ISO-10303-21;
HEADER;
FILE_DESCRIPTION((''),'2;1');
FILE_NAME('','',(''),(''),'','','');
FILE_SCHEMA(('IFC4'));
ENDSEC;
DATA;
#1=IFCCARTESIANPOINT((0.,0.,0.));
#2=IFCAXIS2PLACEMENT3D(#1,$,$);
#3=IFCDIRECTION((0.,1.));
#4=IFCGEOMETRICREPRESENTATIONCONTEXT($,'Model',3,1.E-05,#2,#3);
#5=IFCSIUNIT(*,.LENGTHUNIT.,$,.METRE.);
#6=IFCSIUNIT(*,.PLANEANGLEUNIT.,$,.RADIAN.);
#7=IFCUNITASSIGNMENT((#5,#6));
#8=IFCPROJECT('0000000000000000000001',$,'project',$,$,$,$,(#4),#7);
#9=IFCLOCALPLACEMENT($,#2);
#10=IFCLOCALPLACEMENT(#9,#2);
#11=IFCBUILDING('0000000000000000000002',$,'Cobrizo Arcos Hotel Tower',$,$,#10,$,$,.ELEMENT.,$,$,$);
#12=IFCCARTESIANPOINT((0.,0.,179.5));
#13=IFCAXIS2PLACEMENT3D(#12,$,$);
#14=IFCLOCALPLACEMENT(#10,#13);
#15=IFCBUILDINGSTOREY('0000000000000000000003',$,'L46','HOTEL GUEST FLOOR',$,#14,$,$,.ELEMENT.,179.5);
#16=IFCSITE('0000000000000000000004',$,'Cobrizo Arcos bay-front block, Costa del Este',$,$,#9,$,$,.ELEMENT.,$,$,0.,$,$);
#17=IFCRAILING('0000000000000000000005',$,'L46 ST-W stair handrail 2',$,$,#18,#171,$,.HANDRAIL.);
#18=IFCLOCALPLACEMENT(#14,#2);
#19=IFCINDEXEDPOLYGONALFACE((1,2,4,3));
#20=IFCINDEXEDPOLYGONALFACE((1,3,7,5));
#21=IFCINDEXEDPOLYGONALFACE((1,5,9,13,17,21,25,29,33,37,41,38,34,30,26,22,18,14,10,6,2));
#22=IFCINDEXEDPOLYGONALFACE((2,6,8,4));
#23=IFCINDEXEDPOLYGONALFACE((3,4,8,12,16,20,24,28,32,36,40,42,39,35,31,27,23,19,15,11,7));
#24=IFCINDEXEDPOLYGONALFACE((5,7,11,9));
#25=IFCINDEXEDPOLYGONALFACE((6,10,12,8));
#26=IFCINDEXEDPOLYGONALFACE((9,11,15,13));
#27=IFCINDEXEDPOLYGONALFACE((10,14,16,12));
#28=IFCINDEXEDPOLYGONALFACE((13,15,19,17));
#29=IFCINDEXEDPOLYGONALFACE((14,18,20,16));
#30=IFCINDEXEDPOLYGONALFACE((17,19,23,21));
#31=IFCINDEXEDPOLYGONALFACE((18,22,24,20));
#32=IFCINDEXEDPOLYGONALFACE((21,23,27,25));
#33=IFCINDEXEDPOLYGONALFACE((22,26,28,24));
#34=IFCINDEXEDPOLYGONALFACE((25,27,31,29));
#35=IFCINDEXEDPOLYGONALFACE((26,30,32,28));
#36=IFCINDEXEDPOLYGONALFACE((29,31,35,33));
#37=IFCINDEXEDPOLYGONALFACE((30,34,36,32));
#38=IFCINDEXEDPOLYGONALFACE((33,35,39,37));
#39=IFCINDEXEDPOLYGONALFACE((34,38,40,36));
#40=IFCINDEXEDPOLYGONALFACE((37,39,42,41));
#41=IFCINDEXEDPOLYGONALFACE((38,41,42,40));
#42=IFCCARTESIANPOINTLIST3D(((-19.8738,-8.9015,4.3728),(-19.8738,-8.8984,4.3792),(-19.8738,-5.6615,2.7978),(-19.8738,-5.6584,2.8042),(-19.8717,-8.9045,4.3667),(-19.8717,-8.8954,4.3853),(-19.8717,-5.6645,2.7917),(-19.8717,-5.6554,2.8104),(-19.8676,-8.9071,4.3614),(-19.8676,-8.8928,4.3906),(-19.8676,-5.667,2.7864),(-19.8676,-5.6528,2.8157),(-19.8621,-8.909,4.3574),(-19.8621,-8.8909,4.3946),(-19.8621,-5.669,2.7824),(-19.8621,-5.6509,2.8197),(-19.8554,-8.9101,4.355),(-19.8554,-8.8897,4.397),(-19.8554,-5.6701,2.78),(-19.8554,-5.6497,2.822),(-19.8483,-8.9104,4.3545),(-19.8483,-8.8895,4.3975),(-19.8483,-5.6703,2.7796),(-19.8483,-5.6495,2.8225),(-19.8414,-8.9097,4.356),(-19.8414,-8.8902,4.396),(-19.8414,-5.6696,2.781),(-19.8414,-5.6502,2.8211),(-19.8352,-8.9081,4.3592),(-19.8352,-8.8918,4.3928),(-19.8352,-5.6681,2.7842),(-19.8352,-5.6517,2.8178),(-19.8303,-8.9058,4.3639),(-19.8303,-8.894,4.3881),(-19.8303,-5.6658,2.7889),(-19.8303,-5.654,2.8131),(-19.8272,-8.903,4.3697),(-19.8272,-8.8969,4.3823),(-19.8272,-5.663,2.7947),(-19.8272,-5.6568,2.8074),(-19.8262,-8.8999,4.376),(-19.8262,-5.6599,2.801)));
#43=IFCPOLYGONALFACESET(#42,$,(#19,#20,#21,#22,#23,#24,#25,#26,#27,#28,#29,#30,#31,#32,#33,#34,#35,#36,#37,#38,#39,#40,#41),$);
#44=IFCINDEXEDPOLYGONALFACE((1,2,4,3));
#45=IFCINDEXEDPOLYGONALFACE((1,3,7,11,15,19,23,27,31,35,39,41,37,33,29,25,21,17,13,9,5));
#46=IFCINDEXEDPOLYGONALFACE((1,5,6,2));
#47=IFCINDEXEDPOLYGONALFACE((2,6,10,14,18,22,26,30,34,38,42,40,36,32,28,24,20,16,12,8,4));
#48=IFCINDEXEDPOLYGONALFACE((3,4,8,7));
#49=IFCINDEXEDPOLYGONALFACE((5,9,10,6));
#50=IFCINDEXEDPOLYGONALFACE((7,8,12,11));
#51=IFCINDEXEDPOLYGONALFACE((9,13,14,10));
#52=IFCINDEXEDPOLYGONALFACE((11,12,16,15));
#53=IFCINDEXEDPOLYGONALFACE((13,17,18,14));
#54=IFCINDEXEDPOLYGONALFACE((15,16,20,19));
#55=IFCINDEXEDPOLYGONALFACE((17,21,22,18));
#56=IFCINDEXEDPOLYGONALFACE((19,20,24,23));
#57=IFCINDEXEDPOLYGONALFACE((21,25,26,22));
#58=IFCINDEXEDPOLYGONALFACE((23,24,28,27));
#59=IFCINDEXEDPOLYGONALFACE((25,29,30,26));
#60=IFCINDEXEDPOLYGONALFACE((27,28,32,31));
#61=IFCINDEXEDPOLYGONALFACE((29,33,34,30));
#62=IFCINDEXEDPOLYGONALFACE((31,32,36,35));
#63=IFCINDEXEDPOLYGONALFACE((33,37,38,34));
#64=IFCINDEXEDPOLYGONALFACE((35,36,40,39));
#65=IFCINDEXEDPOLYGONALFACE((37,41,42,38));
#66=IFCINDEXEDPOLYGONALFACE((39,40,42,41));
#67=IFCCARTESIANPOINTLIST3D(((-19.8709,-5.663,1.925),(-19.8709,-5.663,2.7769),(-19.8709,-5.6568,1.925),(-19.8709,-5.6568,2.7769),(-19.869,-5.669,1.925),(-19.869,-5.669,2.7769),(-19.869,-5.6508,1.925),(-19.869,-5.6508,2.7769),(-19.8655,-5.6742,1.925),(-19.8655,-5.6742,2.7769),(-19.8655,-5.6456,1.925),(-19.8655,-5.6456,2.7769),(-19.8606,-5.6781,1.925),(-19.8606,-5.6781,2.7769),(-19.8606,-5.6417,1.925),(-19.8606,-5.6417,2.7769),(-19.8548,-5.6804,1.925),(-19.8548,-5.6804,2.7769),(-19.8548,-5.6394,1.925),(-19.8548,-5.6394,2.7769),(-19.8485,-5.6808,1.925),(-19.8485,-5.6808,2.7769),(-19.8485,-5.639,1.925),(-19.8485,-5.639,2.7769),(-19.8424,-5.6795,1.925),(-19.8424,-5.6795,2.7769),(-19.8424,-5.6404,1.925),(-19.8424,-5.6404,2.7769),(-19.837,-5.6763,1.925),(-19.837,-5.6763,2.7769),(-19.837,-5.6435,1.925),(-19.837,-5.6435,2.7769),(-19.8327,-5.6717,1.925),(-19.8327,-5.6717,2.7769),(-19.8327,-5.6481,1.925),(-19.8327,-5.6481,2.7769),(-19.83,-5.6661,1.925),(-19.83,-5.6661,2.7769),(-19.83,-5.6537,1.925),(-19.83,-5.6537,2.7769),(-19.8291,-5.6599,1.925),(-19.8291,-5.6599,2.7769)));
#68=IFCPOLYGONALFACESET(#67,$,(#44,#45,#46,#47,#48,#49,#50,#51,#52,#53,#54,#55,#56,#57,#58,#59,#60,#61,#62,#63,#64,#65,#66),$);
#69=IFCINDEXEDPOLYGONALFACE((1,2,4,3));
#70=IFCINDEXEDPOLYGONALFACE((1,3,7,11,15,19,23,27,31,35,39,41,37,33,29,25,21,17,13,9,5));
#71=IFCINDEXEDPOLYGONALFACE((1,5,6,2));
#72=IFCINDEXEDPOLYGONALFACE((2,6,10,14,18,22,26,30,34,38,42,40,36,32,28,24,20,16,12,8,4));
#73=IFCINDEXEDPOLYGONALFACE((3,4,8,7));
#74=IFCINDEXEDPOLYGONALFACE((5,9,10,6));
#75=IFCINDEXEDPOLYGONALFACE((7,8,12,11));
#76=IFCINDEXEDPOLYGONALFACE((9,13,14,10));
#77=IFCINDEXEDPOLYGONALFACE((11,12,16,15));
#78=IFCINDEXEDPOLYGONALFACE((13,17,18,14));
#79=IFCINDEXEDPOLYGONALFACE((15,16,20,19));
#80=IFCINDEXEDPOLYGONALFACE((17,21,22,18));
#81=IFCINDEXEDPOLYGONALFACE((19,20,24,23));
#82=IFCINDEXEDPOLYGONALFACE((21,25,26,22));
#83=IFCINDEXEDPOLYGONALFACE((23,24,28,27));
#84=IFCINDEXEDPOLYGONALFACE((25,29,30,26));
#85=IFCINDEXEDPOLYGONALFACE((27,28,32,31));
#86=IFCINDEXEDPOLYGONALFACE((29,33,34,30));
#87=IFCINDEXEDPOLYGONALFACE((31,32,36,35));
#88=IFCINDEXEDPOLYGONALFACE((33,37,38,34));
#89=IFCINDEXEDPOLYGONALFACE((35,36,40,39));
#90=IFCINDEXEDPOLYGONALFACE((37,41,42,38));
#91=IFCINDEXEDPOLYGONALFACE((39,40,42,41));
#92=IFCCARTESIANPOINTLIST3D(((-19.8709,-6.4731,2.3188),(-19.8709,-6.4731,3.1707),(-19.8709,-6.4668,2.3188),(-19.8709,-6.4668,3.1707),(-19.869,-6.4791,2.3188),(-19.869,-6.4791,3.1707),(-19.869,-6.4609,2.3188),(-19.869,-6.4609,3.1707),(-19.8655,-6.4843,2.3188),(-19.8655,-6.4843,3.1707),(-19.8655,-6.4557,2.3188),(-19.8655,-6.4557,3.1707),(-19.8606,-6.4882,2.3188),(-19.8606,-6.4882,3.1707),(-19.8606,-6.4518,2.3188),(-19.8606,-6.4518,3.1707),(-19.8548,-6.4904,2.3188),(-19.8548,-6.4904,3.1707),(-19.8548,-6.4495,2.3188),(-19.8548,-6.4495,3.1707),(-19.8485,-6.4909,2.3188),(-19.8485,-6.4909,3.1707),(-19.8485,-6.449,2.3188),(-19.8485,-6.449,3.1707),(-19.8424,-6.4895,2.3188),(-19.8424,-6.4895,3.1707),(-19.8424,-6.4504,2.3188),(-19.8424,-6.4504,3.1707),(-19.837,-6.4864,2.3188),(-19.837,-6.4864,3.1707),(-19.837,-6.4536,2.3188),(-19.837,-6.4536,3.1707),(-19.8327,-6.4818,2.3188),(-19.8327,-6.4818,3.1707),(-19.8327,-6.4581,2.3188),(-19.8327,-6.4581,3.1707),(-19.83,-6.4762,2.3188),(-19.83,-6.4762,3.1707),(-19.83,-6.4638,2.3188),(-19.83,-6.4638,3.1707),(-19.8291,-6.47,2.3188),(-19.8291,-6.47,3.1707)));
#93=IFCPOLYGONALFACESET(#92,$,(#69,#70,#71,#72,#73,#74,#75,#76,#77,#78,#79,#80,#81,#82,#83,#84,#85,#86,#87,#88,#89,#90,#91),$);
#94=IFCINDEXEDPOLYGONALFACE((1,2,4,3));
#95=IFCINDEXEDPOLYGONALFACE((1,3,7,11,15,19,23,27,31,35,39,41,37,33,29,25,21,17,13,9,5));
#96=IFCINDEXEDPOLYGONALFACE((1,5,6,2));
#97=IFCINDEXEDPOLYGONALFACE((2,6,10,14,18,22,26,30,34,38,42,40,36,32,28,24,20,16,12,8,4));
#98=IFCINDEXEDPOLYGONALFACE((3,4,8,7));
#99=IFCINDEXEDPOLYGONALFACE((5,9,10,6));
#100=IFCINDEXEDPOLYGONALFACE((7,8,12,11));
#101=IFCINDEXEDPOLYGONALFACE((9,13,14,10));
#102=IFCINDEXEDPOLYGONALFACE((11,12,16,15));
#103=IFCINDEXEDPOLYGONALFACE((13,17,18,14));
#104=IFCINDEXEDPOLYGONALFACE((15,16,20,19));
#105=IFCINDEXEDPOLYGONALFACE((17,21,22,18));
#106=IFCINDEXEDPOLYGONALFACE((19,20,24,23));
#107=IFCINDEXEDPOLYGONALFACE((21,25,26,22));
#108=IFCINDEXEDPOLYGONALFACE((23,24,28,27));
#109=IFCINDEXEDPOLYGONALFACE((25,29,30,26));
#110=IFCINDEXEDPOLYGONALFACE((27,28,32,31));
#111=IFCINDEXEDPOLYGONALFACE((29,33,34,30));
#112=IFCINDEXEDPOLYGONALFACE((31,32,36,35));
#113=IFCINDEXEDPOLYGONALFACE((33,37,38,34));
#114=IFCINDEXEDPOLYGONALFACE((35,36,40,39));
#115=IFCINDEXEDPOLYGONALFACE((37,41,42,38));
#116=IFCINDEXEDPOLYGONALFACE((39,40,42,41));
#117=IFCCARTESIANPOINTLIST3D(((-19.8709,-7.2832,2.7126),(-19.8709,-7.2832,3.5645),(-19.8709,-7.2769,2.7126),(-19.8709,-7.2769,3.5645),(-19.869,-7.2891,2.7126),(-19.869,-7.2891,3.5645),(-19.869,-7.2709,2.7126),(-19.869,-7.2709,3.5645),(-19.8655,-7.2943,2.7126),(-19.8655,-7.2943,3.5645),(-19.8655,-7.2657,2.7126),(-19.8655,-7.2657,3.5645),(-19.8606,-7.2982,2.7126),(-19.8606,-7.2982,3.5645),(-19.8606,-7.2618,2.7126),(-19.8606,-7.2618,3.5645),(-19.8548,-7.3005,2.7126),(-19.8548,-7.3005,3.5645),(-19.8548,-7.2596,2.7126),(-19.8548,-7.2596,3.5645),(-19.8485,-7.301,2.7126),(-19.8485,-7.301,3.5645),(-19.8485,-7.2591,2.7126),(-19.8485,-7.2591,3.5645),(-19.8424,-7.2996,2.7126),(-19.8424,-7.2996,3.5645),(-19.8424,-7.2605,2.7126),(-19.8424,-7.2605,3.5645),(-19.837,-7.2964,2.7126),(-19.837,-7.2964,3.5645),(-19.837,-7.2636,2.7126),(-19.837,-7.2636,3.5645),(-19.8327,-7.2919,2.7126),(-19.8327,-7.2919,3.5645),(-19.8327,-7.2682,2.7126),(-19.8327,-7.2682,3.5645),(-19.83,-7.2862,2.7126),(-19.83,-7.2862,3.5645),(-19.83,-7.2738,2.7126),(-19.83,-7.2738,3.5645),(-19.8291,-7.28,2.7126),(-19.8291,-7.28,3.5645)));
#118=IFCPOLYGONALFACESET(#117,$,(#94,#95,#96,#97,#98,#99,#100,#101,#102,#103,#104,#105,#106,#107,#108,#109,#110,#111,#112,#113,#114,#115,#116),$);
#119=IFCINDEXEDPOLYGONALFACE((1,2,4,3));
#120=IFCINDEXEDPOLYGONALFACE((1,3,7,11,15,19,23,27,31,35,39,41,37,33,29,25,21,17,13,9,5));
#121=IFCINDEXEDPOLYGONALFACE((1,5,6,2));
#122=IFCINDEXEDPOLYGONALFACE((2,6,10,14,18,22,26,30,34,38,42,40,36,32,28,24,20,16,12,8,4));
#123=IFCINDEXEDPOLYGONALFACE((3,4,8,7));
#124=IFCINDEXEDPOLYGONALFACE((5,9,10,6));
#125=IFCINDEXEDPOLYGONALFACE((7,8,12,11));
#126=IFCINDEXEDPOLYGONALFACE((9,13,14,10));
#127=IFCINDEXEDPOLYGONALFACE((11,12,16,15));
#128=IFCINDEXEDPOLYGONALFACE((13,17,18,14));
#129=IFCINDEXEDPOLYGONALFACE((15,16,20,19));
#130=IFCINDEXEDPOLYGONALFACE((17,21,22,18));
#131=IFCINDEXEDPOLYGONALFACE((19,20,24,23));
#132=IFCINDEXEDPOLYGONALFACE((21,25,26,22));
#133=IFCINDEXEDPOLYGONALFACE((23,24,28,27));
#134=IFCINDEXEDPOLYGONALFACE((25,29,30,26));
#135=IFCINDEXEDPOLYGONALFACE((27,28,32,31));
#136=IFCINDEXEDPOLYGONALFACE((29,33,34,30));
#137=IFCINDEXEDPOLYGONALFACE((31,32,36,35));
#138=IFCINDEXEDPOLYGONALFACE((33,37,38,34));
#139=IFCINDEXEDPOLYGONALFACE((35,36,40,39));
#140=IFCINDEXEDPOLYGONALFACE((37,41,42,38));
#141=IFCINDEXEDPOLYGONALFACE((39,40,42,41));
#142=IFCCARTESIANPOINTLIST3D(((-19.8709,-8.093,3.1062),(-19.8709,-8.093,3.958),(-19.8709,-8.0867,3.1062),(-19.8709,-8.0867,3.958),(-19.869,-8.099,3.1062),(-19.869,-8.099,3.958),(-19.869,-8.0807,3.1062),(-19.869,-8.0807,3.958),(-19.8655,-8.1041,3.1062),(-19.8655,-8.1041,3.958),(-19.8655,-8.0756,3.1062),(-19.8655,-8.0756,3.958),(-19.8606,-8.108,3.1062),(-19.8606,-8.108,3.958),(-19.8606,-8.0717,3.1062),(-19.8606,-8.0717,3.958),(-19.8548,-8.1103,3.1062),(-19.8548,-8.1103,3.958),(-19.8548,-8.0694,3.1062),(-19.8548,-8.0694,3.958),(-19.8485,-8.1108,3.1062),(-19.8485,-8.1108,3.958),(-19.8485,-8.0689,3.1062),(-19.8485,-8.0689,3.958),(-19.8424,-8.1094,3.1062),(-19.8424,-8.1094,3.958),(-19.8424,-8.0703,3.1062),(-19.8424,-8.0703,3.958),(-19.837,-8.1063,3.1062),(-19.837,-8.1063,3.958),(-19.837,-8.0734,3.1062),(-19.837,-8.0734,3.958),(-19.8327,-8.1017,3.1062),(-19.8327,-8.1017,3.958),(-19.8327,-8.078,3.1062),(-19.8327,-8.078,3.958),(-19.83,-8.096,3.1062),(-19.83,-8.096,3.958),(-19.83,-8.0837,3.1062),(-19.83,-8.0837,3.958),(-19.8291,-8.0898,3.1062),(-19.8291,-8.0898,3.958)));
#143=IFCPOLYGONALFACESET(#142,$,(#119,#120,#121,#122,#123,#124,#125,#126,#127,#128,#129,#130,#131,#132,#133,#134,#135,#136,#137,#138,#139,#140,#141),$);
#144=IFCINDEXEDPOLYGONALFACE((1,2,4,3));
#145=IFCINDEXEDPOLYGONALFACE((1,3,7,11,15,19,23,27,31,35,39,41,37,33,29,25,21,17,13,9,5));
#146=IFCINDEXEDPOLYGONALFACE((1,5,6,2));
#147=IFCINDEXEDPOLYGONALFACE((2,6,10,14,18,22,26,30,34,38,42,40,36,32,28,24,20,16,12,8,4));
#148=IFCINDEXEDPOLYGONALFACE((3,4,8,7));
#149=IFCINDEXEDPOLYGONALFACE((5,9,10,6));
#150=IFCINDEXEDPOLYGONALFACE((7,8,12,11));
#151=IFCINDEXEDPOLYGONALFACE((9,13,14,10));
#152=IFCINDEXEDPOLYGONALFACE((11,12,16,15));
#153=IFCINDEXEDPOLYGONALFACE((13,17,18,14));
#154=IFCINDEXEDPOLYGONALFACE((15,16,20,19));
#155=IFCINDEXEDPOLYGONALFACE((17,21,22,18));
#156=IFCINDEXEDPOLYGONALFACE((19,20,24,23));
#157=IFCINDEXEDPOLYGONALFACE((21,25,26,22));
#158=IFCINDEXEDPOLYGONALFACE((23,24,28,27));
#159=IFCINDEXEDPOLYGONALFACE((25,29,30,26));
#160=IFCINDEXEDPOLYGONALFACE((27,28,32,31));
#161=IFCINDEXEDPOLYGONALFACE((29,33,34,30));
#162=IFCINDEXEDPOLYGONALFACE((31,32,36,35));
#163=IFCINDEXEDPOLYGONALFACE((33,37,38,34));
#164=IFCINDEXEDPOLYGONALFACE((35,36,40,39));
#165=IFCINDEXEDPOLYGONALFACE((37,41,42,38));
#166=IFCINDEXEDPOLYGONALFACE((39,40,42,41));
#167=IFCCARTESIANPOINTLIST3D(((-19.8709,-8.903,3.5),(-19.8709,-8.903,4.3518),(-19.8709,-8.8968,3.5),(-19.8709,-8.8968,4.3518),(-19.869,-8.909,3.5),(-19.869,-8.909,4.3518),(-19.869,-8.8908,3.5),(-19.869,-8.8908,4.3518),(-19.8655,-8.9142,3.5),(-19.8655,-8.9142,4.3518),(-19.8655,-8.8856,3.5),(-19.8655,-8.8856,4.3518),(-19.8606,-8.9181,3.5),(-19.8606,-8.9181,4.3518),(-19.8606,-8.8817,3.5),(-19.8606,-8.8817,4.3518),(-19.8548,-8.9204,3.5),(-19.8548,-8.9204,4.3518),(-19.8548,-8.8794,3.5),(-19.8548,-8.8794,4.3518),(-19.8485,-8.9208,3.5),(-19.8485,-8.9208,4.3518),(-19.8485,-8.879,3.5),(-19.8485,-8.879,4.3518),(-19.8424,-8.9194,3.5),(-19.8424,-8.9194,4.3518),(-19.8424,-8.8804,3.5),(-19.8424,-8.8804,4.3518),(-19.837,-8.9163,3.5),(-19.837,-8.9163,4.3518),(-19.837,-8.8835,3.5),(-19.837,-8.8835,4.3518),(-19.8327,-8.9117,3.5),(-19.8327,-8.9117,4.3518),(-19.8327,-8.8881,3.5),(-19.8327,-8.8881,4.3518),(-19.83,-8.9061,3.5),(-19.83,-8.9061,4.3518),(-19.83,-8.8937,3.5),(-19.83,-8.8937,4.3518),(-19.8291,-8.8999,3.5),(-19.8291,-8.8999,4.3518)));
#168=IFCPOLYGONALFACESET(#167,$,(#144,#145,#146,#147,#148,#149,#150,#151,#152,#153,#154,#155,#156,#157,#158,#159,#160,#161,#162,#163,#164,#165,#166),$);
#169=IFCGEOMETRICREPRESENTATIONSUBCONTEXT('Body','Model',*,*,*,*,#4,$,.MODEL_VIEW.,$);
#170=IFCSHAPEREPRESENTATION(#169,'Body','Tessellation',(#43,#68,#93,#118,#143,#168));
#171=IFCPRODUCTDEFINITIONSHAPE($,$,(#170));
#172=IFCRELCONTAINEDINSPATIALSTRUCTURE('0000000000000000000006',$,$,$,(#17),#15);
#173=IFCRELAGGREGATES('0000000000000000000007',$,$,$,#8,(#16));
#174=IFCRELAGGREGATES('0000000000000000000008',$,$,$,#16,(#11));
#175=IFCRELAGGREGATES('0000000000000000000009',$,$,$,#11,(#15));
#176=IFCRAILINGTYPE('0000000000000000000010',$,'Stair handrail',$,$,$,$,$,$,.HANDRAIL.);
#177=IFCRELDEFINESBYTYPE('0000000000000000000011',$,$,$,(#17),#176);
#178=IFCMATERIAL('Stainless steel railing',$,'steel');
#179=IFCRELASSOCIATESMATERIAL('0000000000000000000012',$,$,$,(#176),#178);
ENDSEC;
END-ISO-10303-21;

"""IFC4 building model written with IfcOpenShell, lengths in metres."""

from ifc_helpers import new_model, si_unit, direction, frame, origin, origin_2d, place, context, subcontext, project, spatial, circle, extrude, material, type_object, element, save


model = new_model("IFC4")

# Units and contexts
model_context = context("Model", 3, precision=1e-05, world=origin(), true_north=direction((0.0, 1.0)))
body_context = subcontext(model_context, "Body", "Model", "MODEL_VIEW")
ifc_project = project(units=[si_unit("LENGTHUNIT", "METRE"), si_unit("PLANEANGLEUNIT", "RADIAN")], contexts=[model_context])

# Site, building, storey
site_placement = place(None, origin())
site = spatial("IfcSite", under=ifc_project, at=site_placement, Name="Cobrizo Arcos bay-front block, Costa del Este", CompositionType="ELEMENT", RefElevation=0.0)
building_placement = place(site_placement, origin())
building = spatial("IfcBuilding", under=site, at=building_placement, Name="Cobrizo Arcos Hotel Tower", CompositionType="ELEMENT")
storey_placement = place(building_placement, frame((0.0, 0.0, 179.5)))
storey = spatial("IfcBuildingStorey", under=building, at=storey_placement, Name="L46", Description="HOTEL GUEST FLOOR", CompositionType="ELEMENT", Elevation=179.5)

# Railing
ifc_material_1 = material(Name="Stainless steel railing", Category="steel")
railing_type_1 = type_object("IfcRailingType", Name="Stair handrail", PredefinedType="HANDRAIL", material=ifc_material_1)
railing_1_placement = place(storey_placement, frame((-19.8501, -5.6599, 1.925)))
element("IfcRailing", 1, at=railing_1_placement, inside=storey, type_object=railing_type_1, Name="L46 ST-W stair handrail 2", PredefinedType="HANDRAIL", context=body_context, shape_type="SweptSolid", body=[
    extrude(circle(Radius=0.0239, at=origin_2d()), frame((0.0, 0.0, 0.876), z_axis=(0.0, -0.899373, 0.437183), x_axis=(1.0, 0.0, 0.0)), (0.0, 0.0, 1.0), 3.6025),
    extrude(circle(Radius=0.021, at=origin_2d()), origin(), (0.0, 0.0, 1.0), 0.8518),
    extrude(circle(Radius=0.021, at=origin_2d()), frame((0.0, -0.8101, 0.3938)), (0.0, 0.0, 1.0), 0.8518),
    extrude(circle(Radius=0.021, at=origin_2d()), frame((0.0, -1.6201, 0.7876)), (0.0, 0.0, 1.0), 0.8518),
    extrude(circle(Radius=0.021, at=origin_2d()), frame((0.0, -2.4299, 1.1812)), (0.0, 0.0, 1.0), 0.8518),
    extrude(circle(Radius=0.021, at=origin_2d()), frame((0.0, -3.24, 1.575)), (0.0, 0.0, 1.0), 0.8518),
])

save(model, "model.ifc")
